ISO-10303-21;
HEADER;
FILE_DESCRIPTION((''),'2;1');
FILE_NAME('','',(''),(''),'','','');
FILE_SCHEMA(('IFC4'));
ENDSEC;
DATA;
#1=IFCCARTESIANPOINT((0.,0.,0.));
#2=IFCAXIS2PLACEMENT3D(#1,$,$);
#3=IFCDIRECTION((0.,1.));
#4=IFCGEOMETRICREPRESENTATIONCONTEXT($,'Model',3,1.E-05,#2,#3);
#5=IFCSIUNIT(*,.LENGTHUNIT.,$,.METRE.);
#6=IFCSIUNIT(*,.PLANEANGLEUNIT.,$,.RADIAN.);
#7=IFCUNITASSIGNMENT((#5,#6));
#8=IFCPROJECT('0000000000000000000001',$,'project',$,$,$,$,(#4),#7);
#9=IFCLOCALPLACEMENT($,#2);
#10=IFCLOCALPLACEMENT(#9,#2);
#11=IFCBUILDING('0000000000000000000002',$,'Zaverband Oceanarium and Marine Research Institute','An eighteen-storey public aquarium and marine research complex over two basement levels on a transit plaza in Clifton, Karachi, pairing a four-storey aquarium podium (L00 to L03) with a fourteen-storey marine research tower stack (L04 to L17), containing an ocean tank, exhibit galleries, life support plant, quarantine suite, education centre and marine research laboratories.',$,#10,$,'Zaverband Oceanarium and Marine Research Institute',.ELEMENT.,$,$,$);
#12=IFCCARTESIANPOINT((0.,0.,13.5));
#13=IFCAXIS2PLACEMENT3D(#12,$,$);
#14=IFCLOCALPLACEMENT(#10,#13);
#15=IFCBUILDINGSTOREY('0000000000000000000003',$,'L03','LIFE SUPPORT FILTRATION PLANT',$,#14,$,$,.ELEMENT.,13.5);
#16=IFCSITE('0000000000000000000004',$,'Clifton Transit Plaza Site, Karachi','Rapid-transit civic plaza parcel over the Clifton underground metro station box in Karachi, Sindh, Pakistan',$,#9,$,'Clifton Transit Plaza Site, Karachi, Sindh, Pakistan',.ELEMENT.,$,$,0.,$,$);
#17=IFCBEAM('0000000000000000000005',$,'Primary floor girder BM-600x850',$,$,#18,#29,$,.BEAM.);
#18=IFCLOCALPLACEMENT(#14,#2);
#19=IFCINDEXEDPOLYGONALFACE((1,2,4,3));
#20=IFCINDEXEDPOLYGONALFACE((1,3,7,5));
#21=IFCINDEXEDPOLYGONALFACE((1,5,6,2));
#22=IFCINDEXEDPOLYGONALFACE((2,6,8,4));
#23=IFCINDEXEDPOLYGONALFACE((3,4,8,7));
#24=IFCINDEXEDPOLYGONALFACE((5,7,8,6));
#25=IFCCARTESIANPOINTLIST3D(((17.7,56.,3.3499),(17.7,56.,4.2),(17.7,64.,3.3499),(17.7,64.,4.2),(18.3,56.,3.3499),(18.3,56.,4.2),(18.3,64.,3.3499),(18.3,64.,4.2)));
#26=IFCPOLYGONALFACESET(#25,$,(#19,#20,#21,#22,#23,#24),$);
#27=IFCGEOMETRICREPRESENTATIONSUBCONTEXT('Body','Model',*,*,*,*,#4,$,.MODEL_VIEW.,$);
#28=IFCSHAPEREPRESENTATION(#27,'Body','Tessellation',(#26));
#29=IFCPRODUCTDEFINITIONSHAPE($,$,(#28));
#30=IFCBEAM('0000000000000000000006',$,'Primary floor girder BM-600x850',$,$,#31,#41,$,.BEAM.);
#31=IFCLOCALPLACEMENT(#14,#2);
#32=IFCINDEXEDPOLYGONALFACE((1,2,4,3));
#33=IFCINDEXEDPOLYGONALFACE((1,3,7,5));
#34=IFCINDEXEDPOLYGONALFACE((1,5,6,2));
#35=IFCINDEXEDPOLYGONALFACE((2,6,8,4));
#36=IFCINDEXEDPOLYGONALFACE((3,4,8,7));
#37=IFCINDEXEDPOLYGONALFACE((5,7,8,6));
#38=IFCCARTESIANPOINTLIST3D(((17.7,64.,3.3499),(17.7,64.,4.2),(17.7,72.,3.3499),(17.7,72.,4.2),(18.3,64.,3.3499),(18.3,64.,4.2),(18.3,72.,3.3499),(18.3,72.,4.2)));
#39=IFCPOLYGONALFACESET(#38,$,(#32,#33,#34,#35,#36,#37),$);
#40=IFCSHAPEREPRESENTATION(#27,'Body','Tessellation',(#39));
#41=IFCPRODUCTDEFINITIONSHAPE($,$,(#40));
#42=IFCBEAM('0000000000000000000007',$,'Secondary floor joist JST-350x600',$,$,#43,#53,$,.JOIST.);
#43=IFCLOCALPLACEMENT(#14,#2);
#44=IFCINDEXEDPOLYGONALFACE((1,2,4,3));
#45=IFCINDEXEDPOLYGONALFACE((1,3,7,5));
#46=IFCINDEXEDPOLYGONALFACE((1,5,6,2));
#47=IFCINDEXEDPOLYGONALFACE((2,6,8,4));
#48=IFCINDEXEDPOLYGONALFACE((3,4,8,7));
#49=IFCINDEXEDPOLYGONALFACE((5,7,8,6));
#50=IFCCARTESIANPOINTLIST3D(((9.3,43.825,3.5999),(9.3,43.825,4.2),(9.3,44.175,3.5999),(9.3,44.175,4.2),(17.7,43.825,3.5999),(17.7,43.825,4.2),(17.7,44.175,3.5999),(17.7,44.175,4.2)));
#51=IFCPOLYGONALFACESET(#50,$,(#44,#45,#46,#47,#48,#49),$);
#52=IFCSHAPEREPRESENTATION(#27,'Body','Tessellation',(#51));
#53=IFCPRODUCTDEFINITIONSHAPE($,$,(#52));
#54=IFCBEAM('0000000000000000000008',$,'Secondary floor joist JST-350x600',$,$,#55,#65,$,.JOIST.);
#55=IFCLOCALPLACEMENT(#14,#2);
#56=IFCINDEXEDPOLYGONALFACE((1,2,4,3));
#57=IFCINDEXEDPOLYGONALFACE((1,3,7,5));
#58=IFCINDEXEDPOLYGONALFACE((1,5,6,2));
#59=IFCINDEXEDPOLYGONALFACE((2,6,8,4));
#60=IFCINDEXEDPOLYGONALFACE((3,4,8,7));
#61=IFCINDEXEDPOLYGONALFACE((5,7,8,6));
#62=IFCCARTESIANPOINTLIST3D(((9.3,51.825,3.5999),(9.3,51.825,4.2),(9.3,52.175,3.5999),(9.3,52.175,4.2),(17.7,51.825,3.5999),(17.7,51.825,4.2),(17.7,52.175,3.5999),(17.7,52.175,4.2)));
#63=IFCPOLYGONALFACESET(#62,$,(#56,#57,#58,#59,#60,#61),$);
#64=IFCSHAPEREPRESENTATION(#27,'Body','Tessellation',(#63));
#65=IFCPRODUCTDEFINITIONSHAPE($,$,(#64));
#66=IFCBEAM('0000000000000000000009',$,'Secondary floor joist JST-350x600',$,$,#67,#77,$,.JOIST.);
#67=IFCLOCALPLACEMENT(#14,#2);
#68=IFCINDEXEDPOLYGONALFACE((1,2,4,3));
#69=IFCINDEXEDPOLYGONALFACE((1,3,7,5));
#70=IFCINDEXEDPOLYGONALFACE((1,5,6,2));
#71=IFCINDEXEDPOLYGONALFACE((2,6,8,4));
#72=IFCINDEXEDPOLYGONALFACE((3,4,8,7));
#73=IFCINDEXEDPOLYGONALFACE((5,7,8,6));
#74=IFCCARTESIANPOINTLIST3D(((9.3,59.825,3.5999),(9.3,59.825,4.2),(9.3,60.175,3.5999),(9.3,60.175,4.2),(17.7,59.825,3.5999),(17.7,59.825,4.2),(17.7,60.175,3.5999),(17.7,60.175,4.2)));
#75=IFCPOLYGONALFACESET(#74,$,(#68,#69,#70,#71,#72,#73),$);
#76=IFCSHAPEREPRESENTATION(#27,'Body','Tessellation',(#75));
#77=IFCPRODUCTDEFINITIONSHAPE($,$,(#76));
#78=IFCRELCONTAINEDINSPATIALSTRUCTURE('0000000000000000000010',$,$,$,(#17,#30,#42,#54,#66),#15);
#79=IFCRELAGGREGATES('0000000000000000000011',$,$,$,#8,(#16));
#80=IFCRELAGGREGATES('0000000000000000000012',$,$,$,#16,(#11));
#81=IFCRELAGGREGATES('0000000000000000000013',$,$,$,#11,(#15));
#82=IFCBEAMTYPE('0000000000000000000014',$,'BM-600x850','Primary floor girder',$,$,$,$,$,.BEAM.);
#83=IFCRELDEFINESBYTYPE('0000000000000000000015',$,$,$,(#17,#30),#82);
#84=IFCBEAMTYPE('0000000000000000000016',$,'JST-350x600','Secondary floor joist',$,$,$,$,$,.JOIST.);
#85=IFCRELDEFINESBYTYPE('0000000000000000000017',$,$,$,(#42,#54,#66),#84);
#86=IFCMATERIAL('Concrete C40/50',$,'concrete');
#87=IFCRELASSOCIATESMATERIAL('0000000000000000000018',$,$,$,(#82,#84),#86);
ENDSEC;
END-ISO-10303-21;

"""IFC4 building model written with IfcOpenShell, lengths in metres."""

from ifc_helpers import new_model, si_unit, direction, frame, origin, origin_2d, place, context, subcontext, project, spatial, rectangle, extrude, material, material_profile, profile_set, type_object, element, save


model = new_model("IFC4")

# Units and contexts
model_context = context("Model", 3, precision=1e-05, world=origin(), true_north=direction((0.0, 1.0)))
body_context = subcontext(model_context, "Body", "Model", "MODEL_VIEW")
ifc_project = project(units=[si_unit("LENGTHUNIT", "METRE"), si_unit("PLANEANGLEUNIT", "RADIAN")], contexts=[model_context])

# Site, building, storey
site_placement = place(None, origin())
site = spatial("IfcSite", under=ifc_project, at=site_placement, Name="Clifton Transit Plaza Site, Karachi", Description="Rapid-transit civic plaza parcel over the Clifton underground metro station box in Karachi, Sindh, Pakistan", LongName="Clifton Transit Plaza Site, Karachi, Sindh, Pakistan", CompositionType="ELEMENT", RefElevation=0.0)
building_placement = place(site_placement, origin())
building = spatial("IfcBuilding", under=site, at=building_placement, Name="Zaverband Oceanarium and Marine Research Institute", Description="An eighteen-storey public aquarium and marine research complex over two basement levels on a transit plaza in Clifton, Karachi, pairing a four-storey aquarium podium (L00 to L03) with a fourteen-storey marine research tower stack (L04 to L17), containing an ocean tank, exhibit galleries, life support plant, quarantine suite, education centre and marine research laboratories.", LongName="Zaverband Oceanarium and Marine Research Institute", CompositionType="ELEMENT")
storey_placement = place(building_placement, frame((0.0, 0.0, 13.5)))
storey = spatial("IfcBuildingStorey", under=building, at=storey_placement, Name="L03", Description="LIFE SUPPORT FILTRATION PLANT", CompositionType="ELEMENT", Elevation=13.5)

# Beams
ifc_material_1 = material(Name="Concrete C40/50", Category="concrete")
ifc_material_profile_1 = material_profile(ifc_material_1, rectangle(XDim=0.6001, YDim=0.8501, at=origin_2d()), Name="RC600x850")
ifc_profile_set_1 = profile_set([ifc_material_profile_1], Name="Concrete C40/50")
beam_type_1 = type_object("IfcBeamType", Name="BM-600x850", Description="Primary floor girder", PredefinedType="BEAM", material=ifc_profile_set_1)
for number, where, z_axis, x_axis, name in (
    (1, (18.0, 56.0, 3.7749), (0.0, 1.0, 0.0), (-1.0, 0.0, 0.0), "Primary floor girder BM-600x850"),
    (2, (18.0, 64.0, 3.7749), (0.0, 1.0, 0.0), (-1.0, 0.0, 0.0), "Primary floor girder BM-600x850"),
):
    element("IfcBeam", number, at=place(storey_placement, frame(where, z_axis=z_axis, x_axis=x_axis)), inside=storey, type_object=beam_type_1, Name=name, PredefinedType="BEAM", context=body_context, shape_type="SweptSolid", body=[
        extrude(rectangle(XDim=0.6001, YDim=0.8501, at=origin_2d()), origin(), (0.0, 0.0, 1.0), 8.0),
    ])
ifc_material_profile_2 = material_profile(ifc_material_1, rectangle(XDim=0.3501, YDim=0.6001, at=origin_2d()), Name="RC350x600")
ifc_profile_set_2 = profile_set([ifc_material_profile_2], Name="Concrete C40/50")
beam_type_2 = type_object("IfcBeamType", Name="JST-350x600", Description="Secondary floor joist", PredefinedType="JOIST", material=ifc_profile_set_2)
for number, where, z_axis, x_axis, name in (
    (3, (9.3, 44.0, 3.8999), (1.0, 0.0, 0.0), (0.0, 1.0, 0.0), "Secondary floor joist JST-350x600"),
    (4, (9.3, 52.0, 3.8999), (1.0, 0.0, 0.0), (0.0, 1.0, 0.0), "Secondary floor joist JST-350x600"),
    (5, (9.3, 60.0, 3.8999), (1.0, 0.0, 0.0), (0.0, 1.0, 0.0), "Secondary floor joist JST-350x600"),
):
    element("IfcBeam", number, at=place(storey_placement, frame(where, z_axis=z_axis, x_axis=x_axis)), inside=storey, type_object=beam_type_2, Name=name, PredefinedType="JOIST", context=body_context, shape_type="SweptSolid", body=[
        extrude(rectangle(XDim=0.3501, YDim=0.6001, at=origin_2d()), origin(), (0.0, 0.0, 1.0), 8.3999),
    ])

save(model, "model.ifc")
